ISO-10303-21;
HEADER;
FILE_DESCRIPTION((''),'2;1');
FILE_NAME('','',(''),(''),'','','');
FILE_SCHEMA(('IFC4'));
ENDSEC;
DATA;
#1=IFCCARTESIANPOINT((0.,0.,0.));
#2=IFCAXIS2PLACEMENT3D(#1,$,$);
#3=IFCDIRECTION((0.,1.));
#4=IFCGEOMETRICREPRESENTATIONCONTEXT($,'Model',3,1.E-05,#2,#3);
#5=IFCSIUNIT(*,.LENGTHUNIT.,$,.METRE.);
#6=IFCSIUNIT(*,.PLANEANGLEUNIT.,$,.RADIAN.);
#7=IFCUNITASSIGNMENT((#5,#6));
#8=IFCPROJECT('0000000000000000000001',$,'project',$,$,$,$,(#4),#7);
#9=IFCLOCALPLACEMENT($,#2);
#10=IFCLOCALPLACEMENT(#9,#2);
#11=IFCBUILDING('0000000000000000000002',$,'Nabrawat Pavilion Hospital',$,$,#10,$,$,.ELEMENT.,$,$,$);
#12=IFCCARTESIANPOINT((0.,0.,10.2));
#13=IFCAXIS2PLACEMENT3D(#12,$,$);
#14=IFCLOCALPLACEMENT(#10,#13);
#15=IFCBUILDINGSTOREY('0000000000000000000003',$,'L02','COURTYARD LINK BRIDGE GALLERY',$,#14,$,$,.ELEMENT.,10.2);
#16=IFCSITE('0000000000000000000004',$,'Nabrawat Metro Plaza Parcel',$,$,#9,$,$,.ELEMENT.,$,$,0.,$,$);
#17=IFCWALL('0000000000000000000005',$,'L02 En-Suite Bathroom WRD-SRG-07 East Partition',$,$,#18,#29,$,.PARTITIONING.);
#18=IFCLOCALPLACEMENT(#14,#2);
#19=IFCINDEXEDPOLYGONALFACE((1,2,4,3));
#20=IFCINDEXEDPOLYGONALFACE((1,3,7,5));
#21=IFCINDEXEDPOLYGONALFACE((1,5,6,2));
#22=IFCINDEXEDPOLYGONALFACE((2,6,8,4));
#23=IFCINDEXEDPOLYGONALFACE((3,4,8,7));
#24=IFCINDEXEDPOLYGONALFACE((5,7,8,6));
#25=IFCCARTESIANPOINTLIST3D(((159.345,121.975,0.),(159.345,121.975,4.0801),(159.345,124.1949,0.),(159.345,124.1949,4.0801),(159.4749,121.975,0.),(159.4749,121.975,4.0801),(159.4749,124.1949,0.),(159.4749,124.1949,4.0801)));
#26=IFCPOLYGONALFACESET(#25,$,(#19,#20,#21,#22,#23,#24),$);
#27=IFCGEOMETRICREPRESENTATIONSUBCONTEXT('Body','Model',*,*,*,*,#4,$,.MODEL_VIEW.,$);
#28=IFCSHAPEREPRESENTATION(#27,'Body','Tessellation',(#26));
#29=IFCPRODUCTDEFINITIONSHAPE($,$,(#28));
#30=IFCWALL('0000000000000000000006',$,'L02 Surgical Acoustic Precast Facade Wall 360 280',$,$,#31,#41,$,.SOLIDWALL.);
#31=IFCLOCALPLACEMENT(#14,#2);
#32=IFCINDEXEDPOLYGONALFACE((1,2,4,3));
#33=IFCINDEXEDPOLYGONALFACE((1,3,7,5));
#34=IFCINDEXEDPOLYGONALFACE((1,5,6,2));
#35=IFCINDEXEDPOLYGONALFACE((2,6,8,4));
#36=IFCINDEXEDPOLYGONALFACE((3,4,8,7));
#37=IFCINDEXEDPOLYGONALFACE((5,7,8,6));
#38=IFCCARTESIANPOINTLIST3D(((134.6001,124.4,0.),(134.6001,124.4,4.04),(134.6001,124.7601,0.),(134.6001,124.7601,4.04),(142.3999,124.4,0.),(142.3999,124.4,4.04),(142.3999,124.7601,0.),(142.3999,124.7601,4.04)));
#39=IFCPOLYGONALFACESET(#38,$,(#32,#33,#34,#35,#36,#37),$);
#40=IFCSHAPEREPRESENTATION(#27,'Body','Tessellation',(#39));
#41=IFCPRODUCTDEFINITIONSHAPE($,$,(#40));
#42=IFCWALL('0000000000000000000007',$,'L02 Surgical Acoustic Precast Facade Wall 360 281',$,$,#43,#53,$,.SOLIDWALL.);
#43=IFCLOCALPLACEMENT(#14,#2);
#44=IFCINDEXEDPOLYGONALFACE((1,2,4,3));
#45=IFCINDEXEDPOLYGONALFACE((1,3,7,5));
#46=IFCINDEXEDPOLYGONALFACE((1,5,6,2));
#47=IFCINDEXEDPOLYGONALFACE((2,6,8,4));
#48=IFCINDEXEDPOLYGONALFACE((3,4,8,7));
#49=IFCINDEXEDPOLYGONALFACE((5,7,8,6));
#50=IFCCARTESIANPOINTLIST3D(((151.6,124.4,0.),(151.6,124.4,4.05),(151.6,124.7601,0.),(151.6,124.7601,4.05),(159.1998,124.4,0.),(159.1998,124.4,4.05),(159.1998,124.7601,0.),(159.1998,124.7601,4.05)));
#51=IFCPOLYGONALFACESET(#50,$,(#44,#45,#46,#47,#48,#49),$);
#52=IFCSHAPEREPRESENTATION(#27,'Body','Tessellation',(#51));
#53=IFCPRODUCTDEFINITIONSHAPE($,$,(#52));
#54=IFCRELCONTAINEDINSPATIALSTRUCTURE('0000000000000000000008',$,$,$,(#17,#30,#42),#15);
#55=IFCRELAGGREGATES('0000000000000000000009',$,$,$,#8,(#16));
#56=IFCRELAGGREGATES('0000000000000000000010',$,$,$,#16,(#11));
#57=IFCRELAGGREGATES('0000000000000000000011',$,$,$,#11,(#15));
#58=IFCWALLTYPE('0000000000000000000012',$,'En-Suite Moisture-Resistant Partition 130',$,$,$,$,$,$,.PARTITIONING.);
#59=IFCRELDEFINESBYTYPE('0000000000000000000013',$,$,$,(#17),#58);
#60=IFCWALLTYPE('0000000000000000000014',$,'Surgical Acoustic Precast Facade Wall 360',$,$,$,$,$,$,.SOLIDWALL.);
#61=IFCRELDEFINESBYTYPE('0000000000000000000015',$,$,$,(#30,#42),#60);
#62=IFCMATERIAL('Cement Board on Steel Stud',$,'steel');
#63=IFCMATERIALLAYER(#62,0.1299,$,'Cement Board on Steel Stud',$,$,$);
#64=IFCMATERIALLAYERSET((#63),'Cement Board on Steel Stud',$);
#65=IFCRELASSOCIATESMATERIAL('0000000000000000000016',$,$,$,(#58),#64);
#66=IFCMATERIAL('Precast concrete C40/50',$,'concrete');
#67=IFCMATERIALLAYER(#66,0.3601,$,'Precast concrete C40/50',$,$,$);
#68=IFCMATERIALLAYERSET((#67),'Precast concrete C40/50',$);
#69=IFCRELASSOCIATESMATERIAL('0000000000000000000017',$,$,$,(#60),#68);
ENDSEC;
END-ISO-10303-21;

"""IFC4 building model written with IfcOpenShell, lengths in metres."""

from ifc_helpers import new_model, si_unit, direction, frame, frame_2d, origin, place, context, subcontext, project, spatial, rectangle, extrude, material, layer, layer_set, type_object, element, save


model = new_model("IFC4")

# Units and contexts
model_context = context("Model", 3, precision=1e-05, world=origin(), true_north=direction((0.0, 1.0)))
body_context = subcontext(model_context, "Body", "Model", "MODEL_VIEW")
ifc_project = project(units=[si_unit("LENGTHUNIT", "METRE"), si_unit("PLANEANGLEUNIT", "RADIAN")], contexts=[model_context])

# Site, building, storey
site_placement = place(None, origin())
site = spatial("IfcSite", under=ifc_project, at=site_placement, Name="Nabrawat Metro Plaza Parcel", CompositionType="ELEMENT", RefElevation=0.0)
building_placement = place(site_placement, origin())
building = spatial("IfcBuilding", under=site, at=building_placement, Name="Nabrawat Pavilion Hospital", CompositionType="ELEMENT")
storey_placement = place(building_placement, frame((0.0, 0.0, 10.2)))
storey = spatial("IfcBuildingStorey", under=building, at=storey_placement, Name="L02", Description="COURTYARD LINK BRIDGE GALLERY", CompositionType="ELEMENT", Elevation=10.2)

# Shared definitions
ifc_material_1 = material(Name="Cement Board on Steel Stud", Category="steel")
ifc_layer_1 = layer(ifc_material_1, 0.1299, Name="Cement Board on Steel Stud")
ifc_layer_set_1 = layer_set([ifc_layer_1], Name="Cement Board on Steel Stud")
wall_type_1 = type_object("IfcWallType", Name="En-Suite Moisture-Resistant Partition 130", PredefinedType="PARTITIONING", material=ifc_layer_set_1)

# Walls
wall_1_placement = place(storey_placement, frame((159.4099, 121.9751, 0.0), z_axis=(0.0, 0.0, 1.0), x_axis=(0.0, 1.0, 0.0)))
element("IfcWall", 1, at=wall_1_placement, inside=storey, type_object=wall_type_1, Name="L02 En-Suite Bathroom WRD-SRG-07 East Partition", PredefinedType="PARTITIONING", context=body_context, shape_type="SweptSolid", body=[
    extrude(rectangle(XDim=2.22, YDim=0.1299, at=frame_2d((1.1099, 0.0))), origin(), (0.0, 0.0, 1.0), 4.0801),
])
ifc_material_2 = material(Name="Precast concrete C40/50", Category="concrete")
ifc_layer_2 = layer(ifc_material_2, 0.3601, Name="Precast concrete C40/50")
ifc_layer_set_2 = layer_set([ifc_layer_2], Name="Precast concrete C40/50")
wall_type_2 = type_object("IfcWallType", Name="Surgical Acoustic Precast Facade Wall 360", PredefinedType="SOLIDWALL", material=ifc_layer_set_2)
wall_2_placement = place(storey_placement, frame((134.6001, 124.5801, 0.0), z_axis=(0.0, 0.0, 1.0), x_axis=(1.0, 0.0, 0.0)))
element("IfcWall", 2, at=wall_2_placement, inside=storey, type_object=wall_type_2, Name="L02 Surgical Acoustic Precast Facade Wall 360 280", PredefinedType="SOLIDWALL", context=body_context, shape_type="SweptSolid", body=[
    extrude(rectangle(XDim=7.7998, YDim=0.3601, at=frame_2d((3.8999, 0.0))), origin(), (0.0, 0.0, 1.0), 4.04),
])
wall_3_placement = place(storey_placement, frame((151.6001, 124.5801, 0.0), z_axis=(0.0, 0.0, 1.0), x_axis=(1.0, 0.0, 0.0)))
element("IfcWall", 3, at=wall_3_placement, inside=storey, type_object=wall_type_2, Name="L02 Surgical Acoustic Precast Facade Wall 360 281", PredefinedType="SOLIDWALL", context=body_context, shape_type="SweptSolid", body=[
    extrude(rectangle(XDim=7.5999, YDim=0.3601, at=frame_2d((3.7998, 0.0))), origin(), (0.0, 0.0, 1.0), 4.05),
])

save(model, "model.ifc")
